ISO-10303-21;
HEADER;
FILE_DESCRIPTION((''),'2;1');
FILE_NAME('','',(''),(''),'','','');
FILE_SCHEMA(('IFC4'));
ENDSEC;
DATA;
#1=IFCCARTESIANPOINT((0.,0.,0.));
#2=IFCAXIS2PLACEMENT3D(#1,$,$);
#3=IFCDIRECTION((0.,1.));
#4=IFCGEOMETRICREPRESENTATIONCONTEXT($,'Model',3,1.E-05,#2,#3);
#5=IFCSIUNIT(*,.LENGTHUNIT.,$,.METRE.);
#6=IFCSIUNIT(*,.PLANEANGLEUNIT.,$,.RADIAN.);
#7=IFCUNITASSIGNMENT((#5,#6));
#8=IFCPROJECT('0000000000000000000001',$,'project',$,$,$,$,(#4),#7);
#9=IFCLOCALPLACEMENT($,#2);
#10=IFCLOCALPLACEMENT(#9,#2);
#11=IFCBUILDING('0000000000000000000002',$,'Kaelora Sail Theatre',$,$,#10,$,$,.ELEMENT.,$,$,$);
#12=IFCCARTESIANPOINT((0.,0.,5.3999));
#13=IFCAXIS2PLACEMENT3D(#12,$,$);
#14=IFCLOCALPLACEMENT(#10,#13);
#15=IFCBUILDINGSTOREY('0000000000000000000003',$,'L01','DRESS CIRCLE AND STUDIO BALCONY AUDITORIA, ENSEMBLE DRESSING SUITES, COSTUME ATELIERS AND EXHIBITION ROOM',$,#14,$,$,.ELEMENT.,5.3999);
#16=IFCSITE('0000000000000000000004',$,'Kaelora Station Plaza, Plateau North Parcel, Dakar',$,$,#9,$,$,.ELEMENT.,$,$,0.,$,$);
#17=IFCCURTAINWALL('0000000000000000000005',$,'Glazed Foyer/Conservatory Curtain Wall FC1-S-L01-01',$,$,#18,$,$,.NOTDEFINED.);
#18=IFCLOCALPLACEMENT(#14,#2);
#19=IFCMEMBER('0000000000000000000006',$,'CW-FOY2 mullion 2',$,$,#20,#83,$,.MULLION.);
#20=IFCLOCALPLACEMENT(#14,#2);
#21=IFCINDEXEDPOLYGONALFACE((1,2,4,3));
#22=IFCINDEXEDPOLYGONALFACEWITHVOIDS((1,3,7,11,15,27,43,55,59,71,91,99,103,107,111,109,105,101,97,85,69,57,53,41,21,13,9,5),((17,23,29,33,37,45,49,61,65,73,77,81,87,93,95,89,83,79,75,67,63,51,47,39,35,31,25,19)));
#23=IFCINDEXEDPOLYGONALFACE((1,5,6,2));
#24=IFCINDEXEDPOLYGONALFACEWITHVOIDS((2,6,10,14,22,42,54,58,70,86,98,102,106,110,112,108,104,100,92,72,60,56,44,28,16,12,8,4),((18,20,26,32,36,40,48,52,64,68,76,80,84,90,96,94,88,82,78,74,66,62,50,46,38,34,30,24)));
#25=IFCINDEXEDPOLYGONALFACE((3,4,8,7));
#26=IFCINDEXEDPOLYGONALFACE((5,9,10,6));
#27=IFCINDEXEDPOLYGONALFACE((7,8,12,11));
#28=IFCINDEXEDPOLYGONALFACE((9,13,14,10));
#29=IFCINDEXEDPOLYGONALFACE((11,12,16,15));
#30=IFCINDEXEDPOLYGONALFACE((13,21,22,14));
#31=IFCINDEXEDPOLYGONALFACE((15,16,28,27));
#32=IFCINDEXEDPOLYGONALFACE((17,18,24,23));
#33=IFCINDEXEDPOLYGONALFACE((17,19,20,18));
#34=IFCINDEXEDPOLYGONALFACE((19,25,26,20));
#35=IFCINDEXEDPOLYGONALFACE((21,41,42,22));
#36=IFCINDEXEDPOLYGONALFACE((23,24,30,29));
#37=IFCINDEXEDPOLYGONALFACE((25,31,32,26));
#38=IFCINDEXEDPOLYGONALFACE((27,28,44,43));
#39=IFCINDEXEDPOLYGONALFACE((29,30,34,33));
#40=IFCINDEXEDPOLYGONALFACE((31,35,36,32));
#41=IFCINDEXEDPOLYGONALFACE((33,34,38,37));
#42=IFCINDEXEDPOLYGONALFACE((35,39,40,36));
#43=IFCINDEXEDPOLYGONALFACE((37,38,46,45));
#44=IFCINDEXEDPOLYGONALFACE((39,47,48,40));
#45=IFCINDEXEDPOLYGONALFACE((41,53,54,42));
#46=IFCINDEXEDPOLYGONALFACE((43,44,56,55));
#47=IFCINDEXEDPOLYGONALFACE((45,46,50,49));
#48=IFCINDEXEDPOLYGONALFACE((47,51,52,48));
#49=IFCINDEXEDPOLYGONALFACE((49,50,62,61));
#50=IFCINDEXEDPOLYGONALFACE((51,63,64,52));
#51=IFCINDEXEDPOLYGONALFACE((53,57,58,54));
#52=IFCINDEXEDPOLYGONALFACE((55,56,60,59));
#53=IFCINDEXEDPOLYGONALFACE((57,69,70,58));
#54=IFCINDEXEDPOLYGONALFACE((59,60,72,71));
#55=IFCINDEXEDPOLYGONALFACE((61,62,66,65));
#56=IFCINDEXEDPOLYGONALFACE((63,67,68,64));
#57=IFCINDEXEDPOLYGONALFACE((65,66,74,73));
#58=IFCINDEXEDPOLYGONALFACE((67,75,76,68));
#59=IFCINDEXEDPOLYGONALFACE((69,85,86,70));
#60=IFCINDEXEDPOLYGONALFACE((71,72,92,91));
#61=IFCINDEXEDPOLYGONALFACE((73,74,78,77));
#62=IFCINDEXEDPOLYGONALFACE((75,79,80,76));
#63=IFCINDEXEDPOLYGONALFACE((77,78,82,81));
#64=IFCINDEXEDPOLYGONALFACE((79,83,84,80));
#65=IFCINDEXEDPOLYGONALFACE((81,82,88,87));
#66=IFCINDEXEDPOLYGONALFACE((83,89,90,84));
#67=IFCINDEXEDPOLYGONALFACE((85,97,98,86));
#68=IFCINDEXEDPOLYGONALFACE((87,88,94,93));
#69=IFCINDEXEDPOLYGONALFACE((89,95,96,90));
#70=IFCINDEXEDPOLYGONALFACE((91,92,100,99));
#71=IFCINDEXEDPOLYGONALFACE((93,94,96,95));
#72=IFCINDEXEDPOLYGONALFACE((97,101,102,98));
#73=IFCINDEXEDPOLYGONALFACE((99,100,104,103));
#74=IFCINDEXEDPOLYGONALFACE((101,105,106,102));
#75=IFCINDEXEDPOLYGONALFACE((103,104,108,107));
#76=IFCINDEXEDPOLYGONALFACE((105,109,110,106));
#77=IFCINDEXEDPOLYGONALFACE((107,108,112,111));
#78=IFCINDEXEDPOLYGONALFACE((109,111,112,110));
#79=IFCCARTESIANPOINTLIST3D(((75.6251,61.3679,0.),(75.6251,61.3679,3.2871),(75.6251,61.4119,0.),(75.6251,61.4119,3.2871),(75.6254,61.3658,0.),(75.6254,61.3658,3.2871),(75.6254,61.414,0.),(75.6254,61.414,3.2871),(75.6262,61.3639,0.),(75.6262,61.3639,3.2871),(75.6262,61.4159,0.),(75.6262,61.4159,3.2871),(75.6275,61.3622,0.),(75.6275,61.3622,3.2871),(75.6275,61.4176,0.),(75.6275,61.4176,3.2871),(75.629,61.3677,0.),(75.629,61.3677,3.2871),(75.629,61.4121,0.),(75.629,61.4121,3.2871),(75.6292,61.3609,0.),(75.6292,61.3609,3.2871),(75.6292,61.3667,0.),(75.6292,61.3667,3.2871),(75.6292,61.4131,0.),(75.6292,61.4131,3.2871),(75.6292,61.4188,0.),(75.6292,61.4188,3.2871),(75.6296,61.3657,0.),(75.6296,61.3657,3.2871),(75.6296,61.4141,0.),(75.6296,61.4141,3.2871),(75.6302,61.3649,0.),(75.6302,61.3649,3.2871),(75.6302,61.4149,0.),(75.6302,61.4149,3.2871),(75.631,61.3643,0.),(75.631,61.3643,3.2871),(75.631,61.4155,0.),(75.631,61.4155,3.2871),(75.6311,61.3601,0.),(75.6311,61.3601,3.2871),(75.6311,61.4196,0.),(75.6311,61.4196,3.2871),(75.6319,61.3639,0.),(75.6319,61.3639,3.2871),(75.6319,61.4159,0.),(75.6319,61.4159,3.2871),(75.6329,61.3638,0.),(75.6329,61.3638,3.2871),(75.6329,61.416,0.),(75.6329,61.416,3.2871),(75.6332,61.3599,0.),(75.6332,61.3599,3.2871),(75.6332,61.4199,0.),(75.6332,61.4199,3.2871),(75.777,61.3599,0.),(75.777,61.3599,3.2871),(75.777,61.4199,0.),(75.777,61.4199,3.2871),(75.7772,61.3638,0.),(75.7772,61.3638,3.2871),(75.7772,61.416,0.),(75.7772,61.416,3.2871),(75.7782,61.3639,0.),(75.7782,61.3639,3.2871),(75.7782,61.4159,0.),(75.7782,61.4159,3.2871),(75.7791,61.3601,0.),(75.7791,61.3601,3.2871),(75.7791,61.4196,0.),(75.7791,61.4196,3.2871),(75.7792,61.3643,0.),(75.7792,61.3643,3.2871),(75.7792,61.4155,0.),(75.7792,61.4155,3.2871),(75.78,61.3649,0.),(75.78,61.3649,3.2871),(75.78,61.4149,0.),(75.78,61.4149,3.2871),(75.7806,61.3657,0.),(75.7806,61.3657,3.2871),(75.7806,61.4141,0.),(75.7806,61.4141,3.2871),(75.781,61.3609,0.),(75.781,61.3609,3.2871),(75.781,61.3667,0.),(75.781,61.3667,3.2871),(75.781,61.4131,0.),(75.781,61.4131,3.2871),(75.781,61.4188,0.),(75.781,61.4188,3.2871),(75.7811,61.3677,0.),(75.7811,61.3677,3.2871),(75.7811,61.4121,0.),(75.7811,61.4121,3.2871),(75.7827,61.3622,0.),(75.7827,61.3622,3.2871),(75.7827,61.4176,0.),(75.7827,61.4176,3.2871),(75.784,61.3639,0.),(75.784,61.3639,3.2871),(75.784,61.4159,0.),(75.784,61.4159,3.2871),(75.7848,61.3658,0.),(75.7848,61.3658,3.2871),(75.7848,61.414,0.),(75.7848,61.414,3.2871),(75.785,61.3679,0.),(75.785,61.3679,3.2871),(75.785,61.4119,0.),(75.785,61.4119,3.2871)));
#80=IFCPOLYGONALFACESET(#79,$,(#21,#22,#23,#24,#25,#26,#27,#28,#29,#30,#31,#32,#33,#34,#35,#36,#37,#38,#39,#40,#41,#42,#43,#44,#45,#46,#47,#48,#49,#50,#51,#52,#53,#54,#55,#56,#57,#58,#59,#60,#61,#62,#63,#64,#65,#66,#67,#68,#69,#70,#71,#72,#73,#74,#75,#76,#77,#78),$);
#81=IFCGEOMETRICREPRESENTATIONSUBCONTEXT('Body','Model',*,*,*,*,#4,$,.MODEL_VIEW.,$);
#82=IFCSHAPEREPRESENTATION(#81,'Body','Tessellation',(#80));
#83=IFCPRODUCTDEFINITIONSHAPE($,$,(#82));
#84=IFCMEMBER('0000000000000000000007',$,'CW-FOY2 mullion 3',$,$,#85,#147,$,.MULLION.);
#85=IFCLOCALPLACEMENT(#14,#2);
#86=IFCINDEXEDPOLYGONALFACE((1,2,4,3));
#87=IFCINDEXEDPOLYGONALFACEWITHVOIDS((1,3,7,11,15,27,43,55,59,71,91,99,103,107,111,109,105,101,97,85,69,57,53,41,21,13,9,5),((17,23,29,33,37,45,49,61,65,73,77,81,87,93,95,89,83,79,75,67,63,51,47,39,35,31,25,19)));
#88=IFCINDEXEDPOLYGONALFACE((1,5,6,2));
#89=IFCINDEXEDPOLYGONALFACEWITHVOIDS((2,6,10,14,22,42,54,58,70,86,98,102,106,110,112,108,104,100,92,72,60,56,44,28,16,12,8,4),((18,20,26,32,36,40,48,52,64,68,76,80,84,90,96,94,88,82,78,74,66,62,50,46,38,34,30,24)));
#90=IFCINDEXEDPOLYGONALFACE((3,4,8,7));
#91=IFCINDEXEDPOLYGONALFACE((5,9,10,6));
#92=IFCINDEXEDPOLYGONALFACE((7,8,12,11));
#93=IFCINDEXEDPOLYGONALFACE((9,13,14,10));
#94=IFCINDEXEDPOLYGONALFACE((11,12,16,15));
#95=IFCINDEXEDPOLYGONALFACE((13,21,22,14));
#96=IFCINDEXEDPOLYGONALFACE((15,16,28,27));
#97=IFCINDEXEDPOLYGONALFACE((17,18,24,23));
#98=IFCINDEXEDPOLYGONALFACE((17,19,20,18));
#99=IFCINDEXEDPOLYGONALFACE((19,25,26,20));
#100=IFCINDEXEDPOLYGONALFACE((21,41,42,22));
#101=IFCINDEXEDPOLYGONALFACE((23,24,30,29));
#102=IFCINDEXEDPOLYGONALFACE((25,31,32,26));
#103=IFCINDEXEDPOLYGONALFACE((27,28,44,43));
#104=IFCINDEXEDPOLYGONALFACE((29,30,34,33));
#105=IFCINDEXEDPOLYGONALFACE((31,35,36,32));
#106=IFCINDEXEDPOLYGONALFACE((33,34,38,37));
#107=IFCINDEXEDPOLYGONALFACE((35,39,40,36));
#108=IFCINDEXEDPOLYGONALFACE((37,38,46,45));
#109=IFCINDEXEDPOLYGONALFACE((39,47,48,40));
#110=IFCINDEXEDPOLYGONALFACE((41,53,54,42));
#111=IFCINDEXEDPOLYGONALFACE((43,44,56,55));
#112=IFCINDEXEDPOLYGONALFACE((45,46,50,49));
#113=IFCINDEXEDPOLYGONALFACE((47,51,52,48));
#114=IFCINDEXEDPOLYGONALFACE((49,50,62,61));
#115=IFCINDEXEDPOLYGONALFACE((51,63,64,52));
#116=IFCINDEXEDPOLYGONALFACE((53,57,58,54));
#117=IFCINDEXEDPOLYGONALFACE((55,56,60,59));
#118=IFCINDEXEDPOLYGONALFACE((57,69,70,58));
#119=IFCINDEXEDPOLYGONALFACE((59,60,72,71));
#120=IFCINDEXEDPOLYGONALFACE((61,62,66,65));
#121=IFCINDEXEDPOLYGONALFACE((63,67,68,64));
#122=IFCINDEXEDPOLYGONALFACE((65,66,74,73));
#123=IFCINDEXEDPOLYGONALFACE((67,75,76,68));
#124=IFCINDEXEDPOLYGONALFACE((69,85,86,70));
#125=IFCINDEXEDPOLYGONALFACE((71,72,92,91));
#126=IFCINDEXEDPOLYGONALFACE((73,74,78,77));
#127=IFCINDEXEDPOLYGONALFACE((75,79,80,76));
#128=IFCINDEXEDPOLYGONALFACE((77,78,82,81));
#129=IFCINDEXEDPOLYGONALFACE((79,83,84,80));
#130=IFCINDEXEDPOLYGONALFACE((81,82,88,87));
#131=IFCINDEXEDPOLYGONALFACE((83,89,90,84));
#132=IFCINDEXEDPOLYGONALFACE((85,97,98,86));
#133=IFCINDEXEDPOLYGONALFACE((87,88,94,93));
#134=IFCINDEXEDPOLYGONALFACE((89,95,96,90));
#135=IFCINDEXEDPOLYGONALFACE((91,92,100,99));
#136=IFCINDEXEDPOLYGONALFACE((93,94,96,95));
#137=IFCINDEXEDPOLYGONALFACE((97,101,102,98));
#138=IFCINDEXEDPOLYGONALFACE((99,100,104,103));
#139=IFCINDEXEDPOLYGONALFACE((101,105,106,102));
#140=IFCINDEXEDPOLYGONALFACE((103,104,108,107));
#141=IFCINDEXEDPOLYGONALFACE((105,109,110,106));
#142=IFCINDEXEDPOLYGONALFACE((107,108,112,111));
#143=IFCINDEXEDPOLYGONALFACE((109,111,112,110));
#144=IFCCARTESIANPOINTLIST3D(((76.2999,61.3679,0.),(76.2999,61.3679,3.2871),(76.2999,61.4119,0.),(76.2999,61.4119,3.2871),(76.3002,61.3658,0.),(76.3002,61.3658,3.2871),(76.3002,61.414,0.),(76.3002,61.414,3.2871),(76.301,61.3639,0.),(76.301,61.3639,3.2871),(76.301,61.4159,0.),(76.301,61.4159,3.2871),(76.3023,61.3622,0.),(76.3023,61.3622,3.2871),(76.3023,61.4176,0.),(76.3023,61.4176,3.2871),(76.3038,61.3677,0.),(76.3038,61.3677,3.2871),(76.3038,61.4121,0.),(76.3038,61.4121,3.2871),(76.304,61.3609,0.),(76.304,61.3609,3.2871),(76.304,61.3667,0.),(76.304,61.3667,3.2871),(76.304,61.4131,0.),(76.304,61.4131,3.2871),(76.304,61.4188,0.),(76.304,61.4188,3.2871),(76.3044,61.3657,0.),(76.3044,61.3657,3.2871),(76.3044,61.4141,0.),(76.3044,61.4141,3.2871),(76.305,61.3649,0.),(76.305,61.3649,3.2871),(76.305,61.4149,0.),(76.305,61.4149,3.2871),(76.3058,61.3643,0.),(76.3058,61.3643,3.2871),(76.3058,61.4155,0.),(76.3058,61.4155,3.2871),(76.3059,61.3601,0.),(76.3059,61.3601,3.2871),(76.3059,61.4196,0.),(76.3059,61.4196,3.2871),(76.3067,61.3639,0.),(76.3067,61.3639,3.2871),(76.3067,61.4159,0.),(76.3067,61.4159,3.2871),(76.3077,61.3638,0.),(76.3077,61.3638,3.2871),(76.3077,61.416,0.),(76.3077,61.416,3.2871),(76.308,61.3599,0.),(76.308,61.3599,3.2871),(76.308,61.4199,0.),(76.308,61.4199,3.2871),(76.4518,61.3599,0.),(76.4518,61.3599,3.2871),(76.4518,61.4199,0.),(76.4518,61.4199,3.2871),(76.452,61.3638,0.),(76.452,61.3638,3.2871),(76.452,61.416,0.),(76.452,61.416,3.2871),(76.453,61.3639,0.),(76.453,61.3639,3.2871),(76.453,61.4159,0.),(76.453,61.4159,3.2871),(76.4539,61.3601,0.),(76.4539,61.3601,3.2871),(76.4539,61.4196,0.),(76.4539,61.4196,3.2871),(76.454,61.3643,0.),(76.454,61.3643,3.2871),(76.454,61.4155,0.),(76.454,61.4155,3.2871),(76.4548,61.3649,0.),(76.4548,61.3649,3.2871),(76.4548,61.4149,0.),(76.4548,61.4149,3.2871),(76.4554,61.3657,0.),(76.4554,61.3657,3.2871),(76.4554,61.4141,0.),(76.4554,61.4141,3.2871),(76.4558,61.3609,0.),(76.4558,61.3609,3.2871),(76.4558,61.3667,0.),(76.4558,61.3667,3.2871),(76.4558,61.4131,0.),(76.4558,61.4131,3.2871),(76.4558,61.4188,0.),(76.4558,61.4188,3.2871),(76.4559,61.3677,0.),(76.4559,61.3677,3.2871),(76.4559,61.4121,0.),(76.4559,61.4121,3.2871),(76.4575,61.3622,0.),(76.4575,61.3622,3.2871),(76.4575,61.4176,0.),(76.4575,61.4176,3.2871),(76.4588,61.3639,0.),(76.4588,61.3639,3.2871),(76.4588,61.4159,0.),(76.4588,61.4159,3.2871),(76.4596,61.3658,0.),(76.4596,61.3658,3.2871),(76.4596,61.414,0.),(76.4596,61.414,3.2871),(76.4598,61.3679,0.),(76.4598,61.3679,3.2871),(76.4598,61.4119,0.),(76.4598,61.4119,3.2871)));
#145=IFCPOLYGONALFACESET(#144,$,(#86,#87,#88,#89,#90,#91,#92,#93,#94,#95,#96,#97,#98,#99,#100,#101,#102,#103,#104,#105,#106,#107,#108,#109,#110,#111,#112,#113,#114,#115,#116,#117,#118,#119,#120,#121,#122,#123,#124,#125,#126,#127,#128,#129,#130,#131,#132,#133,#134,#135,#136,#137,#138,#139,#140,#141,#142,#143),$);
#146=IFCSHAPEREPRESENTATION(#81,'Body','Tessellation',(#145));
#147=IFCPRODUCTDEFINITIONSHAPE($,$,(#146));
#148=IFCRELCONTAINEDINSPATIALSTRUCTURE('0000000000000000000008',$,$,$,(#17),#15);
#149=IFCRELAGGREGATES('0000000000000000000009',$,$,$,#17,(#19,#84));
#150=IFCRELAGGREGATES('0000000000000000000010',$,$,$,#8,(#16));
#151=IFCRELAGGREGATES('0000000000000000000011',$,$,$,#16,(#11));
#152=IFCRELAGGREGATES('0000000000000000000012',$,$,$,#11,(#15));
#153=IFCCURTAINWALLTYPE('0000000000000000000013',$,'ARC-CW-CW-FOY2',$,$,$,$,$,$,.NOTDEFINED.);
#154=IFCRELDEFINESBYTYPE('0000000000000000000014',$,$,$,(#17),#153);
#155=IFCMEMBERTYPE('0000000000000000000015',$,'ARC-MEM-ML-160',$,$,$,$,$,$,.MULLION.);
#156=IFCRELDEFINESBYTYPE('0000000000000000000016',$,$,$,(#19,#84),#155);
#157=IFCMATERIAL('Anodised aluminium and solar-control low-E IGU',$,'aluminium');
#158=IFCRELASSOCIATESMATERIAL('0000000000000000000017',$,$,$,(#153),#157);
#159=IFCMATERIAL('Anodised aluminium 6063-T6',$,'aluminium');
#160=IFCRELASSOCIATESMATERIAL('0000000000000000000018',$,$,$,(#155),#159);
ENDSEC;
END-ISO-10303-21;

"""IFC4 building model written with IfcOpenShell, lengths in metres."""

from ifc_helpers import new_model, si_unit, direction, frame, origin, origin_2d, place, context, subcontext, project, spatial, hollow_rectangle, extrude, material, material_profile, profile_set, type_object, element, aggregate, save


model = new_model("IFC4")

# Units and contexts
model_context = context("Model", 3, precision=1e-05, world=origin(), true_north=direction((0.0, 1.0)))
body_context = subcontext(model_context, "Body", "Model", "MODEL_VIEW")
ifc_project = project(units=[si_unit("LENGTHUNIT", "METRE"), si_unit("PLANEANGLEUNIT", "RADIAN")], contexts=[model_context])

# Site, building, storey
site_placement = place(None, origin())
site = spatial("IfcSite", under=ifc_project, at=site_placement, Name="Kaelora Station Plaza, Plateau North Parcel, Dakar", CompositionType="ELEMENT", RefElevation=0.0)
building_placement = place(site_placement, origin())
building = spatial("IfcBuilding", under=site, at=building_placement, Name="Kaelora Sail Theatre", CompositionType="ELEMENT")
storey_placement = place(building_placement, frame((0.0, 0.0, 5.3999)))
storey = spatial("IfcBuildingStorey", under=building, at=storey_placement, Name="L01", Description="DRESS CIRCLE AND STUDIO BALCONY AUDITORIA, ENSEMBLE DRESSING SUITES, COSTUME ATELIERS AND EXHIBITION ROOM", CompositionType="ELEMENT", Elevation=5.3999)

# Curtain wall, members
ifc_material_1 = material(Name="Anodised aluminium and solar-control low-E IGU", Category="aluminium")
curtain_wall_type = type_object("IfcCurtainWallType", Name="ARC-CW-CW-FOY2", PredefinedType="NOTDEFINED", material=ifc_material_1)
curtain_wall_1_placement = place(storey_placement, origin())
curtain_wall_1 = element("IfcCurtainWall", 1, at=curtain_wall_1_placement, inside=storey, type_object=curtain_wall_type, Name="Glazed Foyer/Conservatory Curtain Wall FC1-S-L01-01", PredefinedType="NOTDEFINED")
ifc_material_2 = material(Name="Anodised aluminium 6063-T6", Category="aluminium")
ifc_material_profile_1 = material_profile(ifc_material_2, hollow_rectangle(XDim=0.0601, YDim=0.1599, WallThickness=0.0039, InnerFilletRadius=0.0039, OuterFilletRadius=0.0081, at=origin_2d()), Name="ALU-MULL 60x160x4")
ifc_profile_set_1 = profile_set([ifc_material_profile_1], Name="Anodised aluminium 6063-T6")
member_type_1 = type_object("IfcMemberType", Name="ARC-MEM-ML-160", PredefinedType="MULLION", material=ifc_profile_set_1)
member_1_placement = place(storey_placement, frame((75.7051, 61.3899, 0.0), z_axis=(0.0, 0.0, 1.0), x_axis=(0.0, 1.0, 0.0)))
member_1 = element("IfcMember", 2, at=member_1_placement, type_object=member_type_1, Name="CW-FOY2 mullion 2", PredefinedType="MULLION", context=body_context, shape_type="SweptSolid", body=[
    extrude(hollow_rectangle(XDim=0.0601, YDim=0.1599, WallThickness=0.0039, InnerFilletRadius=0.0039, OuterFilletRadius=0.0081, at=origin_2d()), origin(), (0.0, 0.0, 1.0), 3.2871),
])
member_2_placement = place(storey_placement, frame((76.3799, 61.3899, 0.0), z_axis=(0.0, 0.0, 1.0), x_axis=(0.0, 1.0, 0.0)))
member_2 = element("IfcMember", 3, at=member_2_placement, type_object=member_type_1, Name="CW-FOY2 mullion 3", PredefinedType="MULLION", context=body_context, shape_type="SweptSolid", body=[
    extrude(hollow_rectangle(XDim=0.0601, YDim=0.1599, WallThickness=0.0039, InnerFilletRadius=0.0039, OuterFilletRadius=0.0081, at=origin_2d()), origin(), (0.0, 0.0, 1.0), 3.2871),
])

aggregate(curtain_wall_1, [member_1, member_2])

save(model, "model.ifc")
